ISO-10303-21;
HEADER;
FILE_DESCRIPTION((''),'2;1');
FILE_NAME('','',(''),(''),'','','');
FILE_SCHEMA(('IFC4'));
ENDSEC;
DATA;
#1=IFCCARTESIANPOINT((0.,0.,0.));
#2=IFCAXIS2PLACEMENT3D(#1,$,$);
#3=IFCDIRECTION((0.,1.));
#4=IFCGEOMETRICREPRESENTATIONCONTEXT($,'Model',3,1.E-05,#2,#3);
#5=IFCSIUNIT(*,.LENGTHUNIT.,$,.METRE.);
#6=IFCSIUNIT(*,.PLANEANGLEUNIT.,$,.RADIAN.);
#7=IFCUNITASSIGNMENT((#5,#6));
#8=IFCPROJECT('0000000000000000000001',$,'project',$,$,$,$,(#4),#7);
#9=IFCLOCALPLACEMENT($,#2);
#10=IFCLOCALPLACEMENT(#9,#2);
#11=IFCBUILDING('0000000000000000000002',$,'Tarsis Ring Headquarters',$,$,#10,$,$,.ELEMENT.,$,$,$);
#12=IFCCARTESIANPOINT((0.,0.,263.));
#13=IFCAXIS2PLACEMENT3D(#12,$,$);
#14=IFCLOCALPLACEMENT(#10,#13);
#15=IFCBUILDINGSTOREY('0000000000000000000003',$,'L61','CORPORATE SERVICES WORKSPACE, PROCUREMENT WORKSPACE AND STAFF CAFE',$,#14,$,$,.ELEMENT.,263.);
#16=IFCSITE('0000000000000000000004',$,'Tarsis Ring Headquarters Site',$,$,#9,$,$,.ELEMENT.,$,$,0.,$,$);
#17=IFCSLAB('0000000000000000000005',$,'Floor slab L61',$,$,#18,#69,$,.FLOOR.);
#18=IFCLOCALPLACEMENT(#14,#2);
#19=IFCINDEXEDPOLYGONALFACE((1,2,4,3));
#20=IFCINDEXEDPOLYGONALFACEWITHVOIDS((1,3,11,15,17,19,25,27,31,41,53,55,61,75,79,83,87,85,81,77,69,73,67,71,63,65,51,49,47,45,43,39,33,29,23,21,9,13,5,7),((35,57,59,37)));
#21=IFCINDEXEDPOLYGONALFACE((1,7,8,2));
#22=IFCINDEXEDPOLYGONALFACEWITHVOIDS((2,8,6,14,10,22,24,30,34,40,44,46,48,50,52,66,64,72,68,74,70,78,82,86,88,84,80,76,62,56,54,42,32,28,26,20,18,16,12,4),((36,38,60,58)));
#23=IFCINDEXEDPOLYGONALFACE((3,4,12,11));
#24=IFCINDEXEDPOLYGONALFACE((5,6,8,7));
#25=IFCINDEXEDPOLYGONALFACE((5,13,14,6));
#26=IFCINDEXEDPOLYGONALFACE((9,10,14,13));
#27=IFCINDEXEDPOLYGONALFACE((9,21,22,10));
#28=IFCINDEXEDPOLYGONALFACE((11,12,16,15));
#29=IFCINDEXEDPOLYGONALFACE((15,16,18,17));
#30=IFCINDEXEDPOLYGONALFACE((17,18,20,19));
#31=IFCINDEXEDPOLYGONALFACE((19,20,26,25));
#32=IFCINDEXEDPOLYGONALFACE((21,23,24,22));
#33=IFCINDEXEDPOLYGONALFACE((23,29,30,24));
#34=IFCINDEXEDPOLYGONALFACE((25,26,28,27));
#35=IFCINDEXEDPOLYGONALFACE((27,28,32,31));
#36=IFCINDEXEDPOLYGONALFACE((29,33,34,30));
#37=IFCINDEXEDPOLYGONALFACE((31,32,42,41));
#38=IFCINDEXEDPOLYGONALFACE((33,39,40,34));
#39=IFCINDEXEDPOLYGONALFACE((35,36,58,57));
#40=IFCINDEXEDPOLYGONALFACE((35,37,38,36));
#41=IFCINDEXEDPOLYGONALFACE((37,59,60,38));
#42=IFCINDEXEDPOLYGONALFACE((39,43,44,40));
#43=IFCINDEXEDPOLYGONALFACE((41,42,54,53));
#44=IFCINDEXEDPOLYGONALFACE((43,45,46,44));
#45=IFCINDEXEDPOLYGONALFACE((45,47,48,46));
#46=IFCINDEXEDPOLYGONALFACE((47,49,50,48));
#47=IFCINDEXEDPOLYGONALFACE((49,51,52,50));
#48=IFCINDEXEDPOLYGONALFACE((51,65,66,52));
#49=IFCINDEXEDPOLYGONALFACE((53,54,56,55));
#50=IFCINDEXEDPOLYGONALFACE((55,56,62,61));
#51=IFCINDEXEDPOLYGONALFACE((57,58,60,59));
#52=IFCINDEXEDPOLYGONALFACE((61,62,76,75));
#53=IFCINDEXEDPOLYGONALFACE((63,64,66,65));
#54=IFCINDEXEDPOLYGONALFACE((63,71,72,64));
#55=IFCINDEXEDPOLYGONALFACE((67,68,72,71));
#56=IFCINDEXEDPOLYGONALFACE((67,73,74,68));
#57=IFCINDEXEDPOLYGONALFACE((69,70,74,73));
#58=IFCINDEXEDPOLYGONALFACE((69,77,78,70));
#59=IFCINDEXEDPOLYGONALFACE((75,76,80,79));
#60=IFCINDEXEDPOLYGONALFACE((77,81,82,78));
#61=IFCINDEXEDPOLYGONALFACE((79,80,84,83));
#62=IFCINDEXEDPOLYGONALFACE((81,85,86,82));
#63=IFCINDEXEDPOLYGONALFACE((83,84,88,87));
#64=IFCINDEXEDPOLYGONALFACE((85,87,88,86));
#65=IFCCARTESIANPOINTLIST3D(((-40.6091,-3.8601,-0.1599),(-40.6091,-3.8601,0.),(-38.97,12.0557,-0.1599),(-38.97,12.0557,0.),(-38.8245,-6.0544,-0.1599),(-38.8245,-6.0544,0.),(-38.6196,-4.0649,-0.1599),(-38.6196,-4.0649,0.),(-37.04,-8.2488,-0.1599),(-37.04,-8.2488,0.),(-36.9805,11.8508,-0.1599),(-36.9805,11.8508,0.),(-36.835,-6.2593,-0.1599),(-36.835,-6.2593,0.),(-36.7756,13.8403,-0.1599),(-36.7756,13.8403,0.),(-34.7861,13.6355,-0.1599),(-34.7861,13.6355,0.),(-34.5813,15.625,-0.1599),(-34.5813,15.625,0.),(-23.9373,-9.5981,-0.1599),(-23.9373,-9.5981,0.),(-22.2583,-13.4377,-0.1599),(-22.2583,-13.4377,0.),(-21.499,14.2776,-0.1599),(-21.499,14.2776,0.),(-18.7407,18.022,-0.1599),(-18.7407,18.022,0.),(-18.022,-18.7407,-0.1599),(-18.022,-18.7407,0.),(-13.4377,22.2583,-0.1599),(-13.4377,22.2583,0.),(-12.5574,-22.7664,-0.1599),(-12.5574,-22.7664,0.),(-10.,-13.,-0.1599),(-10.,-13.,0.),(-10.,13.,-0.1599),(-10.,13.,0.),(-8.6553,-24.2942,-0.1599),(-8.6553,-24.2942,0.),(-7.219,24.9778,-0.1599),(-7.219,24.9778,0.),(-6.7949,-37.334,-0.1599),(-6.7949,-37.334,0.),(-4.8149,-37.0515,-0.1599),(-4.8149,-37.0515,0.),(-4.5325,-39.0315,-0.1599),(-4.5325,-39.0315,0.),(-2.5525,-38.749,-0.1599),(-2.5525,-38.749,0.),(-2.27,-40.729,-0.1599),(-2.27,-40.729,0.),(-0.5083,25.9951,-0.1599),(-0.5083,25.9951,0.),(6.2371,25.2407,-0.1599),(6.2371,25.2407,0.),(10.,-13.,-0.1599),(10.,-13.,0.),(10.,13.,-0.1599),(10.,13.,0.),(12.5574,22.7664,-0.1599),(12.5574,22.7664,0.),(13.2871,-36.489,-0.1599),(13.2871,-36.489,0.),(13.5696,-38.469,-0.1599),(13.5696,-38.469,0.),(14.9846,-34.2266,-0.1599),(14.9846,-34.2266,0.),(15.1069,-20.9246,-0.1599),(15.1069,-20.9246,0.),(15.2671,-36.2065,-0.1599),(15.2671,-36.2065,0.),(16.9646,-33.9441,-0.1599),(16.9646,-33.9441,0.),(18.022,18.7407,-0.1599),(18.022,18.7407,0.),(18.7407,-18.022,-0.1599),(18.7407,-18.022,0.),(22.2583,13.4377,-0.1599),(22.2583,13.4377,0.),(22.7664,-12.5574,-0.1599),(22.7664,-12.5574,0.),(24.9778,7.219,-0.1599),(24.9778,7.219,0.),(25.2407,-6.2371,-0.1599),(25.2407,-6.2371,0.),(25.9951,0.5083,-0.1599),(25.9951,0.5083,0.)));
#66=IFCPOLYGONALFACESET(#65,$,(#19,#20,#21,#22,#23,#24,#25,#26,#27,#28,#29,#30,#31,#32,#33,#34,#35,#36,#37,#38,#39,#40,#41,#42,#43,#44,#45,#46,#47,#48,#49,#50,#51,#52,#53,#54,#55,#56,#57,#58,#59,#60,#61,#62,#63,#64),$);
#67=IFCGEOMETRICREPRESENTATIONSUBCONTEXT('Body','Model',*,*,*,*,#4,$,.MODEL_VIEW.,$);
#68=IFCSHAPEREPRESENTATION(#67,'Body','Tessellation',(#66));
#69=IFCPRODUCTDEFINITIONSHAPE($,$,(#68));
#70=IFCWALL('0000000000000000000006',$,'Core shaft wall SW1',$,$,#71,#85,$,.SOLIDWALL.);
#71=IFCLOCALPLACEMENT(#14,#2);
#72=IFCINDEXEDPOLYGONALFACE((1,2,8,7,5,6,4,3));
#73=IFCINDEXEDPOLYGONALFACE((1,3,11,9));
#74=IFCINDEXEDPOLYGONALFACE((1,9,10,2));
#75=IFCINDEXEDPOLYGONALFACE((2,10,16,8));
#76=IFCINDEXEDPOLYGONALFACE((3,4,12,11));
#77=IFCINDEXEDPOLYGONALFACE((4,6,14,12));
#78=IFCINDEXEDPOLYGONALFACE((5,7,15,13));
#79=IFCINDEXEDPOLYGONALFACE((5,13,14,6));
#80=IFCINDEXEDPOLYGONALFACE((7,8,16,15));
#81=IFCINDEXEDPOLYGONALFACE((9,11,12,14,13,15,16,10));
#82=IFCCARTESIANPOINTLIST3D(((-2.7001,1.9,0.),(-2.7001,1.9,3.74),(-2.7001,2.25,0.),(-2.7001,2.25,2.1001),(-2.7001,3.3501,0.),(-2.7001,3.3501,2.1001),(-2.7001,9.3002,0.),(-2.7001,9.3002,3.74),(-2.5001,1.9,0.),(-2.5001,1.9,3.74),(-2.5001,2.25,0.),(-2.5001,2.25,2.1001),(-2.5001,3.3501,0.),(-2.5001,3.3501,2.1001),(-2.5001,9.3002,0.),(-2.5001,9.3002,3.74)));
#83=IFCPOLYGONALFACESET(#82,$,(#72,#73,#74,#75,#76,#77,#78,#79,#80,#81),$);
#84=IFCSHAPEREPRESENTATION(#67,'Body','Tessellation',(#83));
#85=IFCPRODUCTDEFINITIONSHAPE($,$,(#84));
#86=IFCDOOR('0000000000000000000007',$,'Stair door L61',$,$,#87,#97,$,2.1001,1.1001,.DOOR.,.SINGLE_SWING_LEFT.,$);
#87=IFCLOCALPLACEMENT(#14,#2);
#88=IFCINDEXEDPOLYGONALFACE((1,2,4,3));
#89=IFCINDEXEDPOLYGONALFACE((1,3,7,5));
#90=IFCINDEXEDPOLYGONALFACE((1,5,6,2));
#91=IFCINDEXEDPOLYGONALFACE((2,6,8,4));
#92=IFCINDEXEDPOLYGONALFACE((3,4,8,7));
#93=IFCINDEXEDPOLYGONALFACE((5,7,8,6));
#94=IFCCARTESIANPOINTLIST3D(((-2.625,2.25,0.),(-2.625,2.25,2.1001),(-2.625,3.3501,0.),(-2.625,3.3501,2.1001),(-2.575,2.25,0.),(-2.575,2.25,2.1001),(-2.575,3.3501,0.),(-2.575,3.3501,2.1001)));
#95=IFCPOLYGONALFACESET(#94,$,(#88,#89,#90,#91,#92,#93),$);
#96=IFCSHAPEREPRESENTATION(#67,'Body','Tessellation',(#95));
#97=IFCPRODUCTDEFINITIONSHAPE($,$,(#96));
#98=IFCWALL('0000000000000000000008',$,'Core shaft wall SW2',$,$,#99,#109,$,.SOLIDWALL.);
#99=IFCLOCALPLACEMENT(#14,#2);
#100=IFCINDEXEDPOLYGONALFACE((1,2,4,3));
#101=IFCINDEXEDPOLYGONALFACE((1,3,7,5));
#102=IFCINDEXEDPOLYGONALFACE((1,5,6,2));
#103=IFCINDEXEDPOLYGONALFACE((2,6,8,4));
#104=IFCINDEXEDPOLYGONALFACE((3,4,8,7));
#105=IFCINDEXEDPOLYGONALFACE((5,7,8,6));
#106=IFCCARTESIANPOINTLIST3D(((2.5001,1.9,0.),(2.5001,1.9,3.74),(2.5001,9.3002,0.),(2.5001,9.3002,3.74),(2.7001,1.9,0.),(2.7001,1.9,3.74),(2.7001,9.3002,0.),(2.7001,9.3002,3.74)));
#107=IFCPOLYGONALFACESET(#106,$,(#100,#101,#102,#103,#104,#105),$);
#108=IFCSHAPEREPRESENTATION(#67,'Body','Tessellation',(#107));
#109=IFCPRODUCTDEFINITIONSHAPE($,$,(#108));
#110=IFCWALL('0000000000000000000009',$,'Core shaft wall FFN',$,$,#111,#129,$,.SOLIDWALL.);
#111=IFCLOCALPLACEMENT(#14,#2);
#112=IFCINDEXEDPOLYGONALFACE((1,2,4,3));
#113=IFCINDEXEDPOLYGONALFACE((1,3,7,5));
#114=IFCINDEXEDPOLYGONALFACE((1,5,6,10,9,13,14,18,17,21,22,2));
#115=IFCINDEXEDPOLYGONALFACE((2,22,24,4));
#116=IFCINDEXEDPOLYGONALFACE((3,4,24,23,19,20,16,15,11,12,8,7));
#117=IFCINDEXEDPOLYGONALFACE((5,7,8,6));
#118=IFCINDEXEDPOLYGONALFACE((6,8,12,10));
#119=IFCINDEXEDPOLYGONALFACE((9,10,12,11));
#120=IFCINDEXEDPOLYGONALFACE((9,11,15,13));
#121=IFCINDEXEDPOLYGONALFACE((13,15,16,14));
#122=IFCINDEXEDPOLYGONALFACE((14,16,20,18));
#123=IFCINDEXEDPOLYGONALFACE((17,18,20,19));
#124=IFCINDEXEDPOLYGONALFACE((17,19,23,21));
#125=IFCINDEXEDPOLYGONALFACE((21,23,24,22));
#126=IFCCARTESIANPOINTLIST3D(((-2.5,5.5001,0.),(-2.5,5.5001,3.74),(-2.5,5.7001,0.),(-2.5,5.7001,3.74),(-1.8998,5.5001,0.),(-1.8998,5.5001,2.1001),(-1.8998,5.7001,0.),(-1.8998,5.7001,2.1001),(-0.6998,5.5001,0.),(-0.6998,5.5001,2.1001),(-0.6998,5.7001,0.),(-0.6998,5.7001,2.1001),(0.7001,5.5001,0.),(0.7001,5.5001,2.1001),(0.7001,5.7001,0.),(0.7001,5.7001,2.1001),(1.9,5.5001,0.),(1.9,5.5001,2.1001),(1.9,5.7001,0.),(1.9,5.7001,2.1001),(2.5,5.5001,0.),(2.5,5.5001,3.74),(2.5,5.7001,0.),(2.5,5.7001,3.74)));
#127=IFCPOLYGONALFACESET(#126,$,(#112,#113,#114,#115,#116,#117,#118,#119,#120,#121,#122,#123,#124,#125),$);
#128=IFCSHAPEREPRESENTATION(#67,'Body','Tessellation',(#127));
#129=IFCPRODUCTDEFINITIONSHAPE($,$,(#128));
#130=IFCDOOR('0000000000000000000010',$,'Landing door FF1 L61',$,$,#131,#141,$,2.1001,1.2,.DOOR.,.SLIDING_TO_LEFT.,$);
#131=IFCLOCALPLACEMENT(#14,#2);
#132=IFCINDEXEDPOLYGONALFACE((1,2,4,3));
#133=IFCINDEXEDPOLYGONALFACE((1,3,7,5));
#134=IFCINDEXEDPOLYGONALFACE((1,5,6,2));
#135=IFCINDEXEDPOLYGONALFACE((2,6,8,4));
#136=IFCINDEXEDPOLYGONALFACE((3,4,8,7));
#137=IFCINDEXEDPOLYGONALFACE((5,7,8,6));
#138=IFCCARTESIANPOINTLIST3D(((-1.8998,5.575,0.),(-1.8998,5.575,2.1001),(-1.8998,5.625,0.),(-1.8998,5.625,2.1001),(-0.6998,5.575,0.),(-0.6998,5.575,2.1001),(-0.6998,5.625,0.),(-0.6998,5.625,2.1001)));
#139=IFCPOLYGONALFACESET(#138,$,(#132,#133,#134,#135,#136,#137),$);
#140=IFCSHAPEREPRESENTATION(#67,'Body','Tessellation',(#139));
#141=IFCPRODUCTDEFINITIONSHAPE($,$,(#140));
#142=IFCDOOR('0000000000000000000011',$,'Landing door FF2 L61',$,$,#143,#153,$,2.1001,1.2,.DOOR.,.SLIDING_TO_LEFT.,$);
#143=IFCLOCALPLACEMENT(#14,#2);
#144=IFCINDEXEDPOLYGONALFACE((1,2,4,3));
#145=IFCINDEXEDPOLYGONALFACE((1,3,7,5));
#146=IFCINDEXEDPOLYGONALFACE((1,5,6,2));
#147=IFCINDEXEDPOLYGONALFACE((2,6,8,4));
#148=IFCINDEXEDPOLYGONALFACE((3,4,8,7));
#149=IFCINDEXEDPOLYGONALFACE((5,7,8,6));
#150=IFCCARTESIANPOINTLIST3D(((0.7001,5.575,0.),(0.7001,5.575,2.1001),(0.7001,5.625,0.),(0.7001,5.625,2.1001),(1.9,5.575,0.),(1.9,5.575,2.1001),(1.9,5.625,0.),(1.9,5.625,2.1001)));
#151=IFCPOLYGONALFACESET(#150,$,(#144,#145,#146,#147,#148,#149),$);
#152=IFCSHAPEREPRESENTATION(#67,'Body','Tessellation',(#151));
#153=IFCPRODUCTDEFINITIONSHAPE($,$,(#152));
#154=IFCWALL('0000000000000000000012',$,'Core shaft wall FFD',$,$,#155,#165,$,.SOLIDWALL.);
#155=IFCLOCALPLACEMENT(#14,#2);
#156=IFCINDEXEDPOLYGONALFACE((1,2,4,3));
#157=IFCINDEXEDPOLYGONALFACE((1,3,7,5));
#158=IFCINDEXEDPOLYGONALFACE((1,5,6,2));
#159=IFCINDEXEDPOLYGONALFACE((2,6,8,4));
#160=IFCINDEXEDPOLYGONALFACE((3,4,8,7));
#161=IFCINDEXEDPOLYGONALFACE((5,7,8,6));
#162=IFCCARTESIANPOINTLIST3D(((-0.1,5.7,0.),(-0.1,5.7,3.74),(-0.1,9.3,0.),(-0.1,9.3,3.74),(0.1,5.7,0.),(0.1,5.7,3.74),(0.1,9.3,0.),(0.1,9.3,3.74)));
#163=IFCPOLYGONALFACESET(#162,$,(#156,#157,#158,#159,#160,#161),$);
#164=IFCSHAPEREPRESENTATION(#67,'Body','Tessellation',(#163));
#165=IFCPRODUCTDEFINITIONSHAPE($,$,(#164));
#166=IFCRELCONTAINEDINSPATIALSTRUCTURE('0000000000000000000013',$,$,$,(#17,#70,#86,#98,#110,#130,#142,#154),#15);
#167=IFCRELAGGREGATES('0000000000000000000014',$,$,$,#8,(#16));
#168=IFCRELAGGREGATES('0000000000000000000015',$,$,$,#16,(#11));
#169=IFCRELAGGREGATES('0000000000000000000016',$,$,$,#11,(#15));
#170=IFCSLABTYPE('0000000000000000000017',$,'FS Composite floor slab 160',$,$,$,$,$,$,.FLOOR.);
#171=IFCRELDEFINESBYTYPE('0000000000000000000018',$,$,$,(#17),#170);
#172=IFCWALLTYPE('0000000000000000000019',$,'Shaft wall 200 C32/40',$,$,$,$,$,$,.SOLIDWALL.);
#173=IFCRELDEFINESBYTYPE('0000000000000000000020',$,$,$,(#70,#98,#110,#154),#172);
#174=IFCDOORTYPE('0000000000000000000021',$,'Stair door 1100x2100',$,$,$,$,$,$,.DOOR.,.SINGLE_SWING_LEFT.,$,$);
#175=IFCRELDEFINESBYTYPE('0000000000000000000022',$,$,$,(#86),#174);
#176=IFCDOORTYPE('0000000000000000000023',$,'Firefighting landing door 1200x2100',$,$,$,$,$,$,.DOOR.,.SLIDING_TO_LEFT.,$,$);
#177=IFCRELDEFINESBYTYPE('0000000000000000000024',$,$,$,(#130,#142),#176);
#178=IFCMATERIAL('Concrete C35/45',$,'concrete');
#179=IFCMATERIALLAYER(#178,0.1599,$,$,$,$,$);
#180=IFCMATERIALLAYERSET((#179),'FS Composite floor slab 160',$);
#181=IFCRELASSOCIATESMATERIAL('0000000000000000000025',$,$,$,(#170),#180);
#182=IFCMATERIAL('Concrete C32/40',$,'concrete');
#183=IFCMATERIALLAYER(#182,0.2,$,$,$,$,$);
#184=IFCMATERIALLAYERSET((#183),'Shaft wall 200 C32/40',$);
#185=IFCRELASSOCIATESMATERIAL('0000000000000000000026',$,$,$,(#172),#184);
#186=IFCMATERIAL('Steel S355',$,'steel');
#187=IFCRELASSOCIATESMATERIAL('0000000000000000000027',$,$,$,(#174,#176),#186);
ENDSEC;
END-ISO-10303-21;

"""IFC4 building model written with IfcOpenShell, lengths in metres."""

from ifc_helpers import new_model, si_unit, direction, frame, frame_2d, origin, place, context, subcontext, project, spatial, polyline, rectangle, outline, extrude, material, layer, layer_set, type_object, element, fill, save


model = new_model("IFC4")

# Units and contexts
model_context = context("Model", 3, precision=1e-05, world=origin(), true_north=direction((0.0, 1.0)))
body_context = subcontext(model_context, "Body", "Model", "MODEL_VIEW")
ifc_project = project(units=[si_unit("LENGTHUNIT", "METRE"), si_unit("PLANEANGLEUNIT", "RADIAN")], contexts=[model_context])

# Site, building, storey
site_placement = place(None, origin())
site = spatial("IfcSite", under=ifc_project, at=site_placement, Name="Tarsis Ring Headquarters Site", CompositionType="ELEMENT", RefElevation=0.0)
building_placement = place(site_placement, origin())
building = spatial("IfcBuilding", under=site, at=building_placement, Name="Tarsis Ring Headquarters", CompositionType="ELEMENT")
storey_placement = place(building_placement, frame((0.0, 0.0, 263.0)))
storey = spatial("IfcBuildingStorey", under=building, at=storey_placement, Name="L61", Description="CORPORATE SERVICES WORKSPACE, PROCUREMENT WORKSPACE AND STAFF CAFE", CompositionType="ELEMENT", Elevation=263.0)

# Slab
ifc_material_1 = material(Name="Concrete C35/45", Category="concrete")
ifc_layer_1 = layer(ifc_material_1, 0.1599)
ifc_layer_set_1 = layer_set([ifc_layer_1], Name="FS Composite floor slab 160")
slab_type_1 = type_object("IfcSlabType", Name="FS Composite floor slab 160", PredefinedType="FLOOR", material=ifc_layer_set_1)
slab_1_placement = place(storey_placement, frame((0.0, 0.0, -0.1599)))
element("IfcSlab", 1, at=slab_1_placement, inside=storey, type_object=slab_type_1, Name="Floor slab L61", PredefinedType="FLOOR", context=body_context, shape_type="SweptSolid", body=[
    extrude(outline(polyline([(-23.9373, -9.5981), (-22.2583, -13.4377), (-18.022, -18.7407), (-12.5574, -22.7664), (-8.6553, -24.2942), (-6.7949, -37.334), (-4.8149, -37.0515), (-4.5325, -39.0315), (-2.5525, -38.749), (-2.27, -40.729), (13.5696, -38.469), (13.2871, -36.489), (15.2671, -36.2065), (14.9846, -34.2266), (16.9646, -33.9441), (15.1069, -20.9246), (18.7407, -18.022), (22.7664, -12.5574), (25.2407, -6.2371), (25.9951, 0.5083), (24.9778, 7.219), (22.2583, 13.4377), (18.022, 18.7407), (12.5574, 22.7664), (6.2371, 25.2407), (-0.5083, 25.9951), (-7.219, 24.9778), (-13.4377, 22.2583), (-18.7407, 18.022), (-21.499, 14.2776), (-34.5813, 15.625), (-34.7861, 13.6355), (-36.7756, 13.8403), (-36.9805, 11.8508), (-38.97, 12.0557), (-40.6091, -3.8601), (-38.6196, -4.0649), (-38.8245, -6.0544), (-36.835, -6.2593), (-37.04, -8.2488), (-23.9373, -9.5981)]), holes=[polyline([(-10.0, -13.0), (-10.0, 13.0), (10.0, 13.0), (10.0, -13.0), (-10.0, -13.0)])]), origin(), (0.0, 0.0, 1.0), 0.1599),
])

# Wall, opening, door
ifc_material_2 = material(Name="Concrete C32/40", Category="concrete")
ifc_layer_2 = layer(ifc_material_2, 0.2)
ifc_layer_set_2 = layer_set([ifc_layer_2], Name="Shaft wall 200 C32/40")
wall_type = type_object("IfcWallType", Name="Shaft wall 200 C32/40", PredefinedType="SOLIDWALL", material=ifc_layer_set_2)
wall_1_placement = place(storey_placement, frame((-2.6001, 1.8999, 0.0), z_axis=(0.0, 0.0, 1.0), x_axis=(0.0, 1.0, 0.0)))
wall_1 = element("IfcWall", 2, at=wall_1_placement, inside=storey, type_object=wall_type, Name="Core shaft wall SW1", PredefinedType="SOLIDWALL", context=body_context, shape_type="SweptSolid", body=[
    extrude(rectangle(XDim=7.4001, YDim=0.2, at=frame_2d((3.7002, 0.0))), origin(), (0.0, 0.0, 1.0), 3.74),
])
opening_1_placement = place(wall_1_placement, frame((0.3501, 0.0, 0.0)))
opening_1 = element("IfcOpeningElement", 3, at=opening_1_placement, cuts=wall_1, PredefinedType="OPENING", context=body_context, shape_type="SweptSolid", body=[
    extrude(rectangle(XDim=1.1001, YDim=2.1001, at=frame_2d((0.55, 1.05))), frame((0.0, 0.1099, 0.0), z_axis=(0.0, -1.0, 0.0), x_axis=(1.0, 0.0, 0.0)), (0.0, 0.0, 1.0), 0.22),
])
ifc_material_3 = material(Name="Steel S355", Category="steel")
door_type_1 = type_object("IfcDoorType", Name="Stair door 1100x2100", OperationType="SINGLE_SWING_LEFT", PredefinedType="DOOR", material=ifc_material_3)
door_1_placement = place(opening_1_placement, origin())
door_1 = element("IfcDoor", 4, at=door_1_placement, inside=storey, type_object=door_type_1, Name="Stair door L61", OperationType="SINGLE_SWING_LEFT", OverallHeight=2.1001, OverallWidth=1.1001, PredefinedType="DOOR", context=body_context, shape_type="SweptSolid", body=[
    extrude(rectangle(XDim=1.1001, YDim=2.1001, at=frame_2d((0.55, 1.05))), frame((0.0, 0.0249, 0.0), z_axis=(0.0, -1.0, 0.0), x_axis=(1.0, 0.0, 0.0)), (0.0, 0.0, 1.0), 0.05),
])
fill(opening_1, door_1)

# Wall
wall_2_placement = place(storey_placement, frame((2.6001, 1.8999, 0.0), z_axis=(0.0, 0.0, 1.0), x_axis=(0.0, 1.0, 0.0)))
element("IfcWall", 5, at=wall_2_placement, inside=storey, type_object=wall_type, Name="Core shaft wall SW2", PredefinedType="SOLIDWALL", context=body_context, shape_type="SweptSolid", body=[
    extrude(rectangle(XDim=7.4001, YDim=0.2, at=frame_2d((3.7002, 0.0))), origin(), (0.0, 0.0, 1.0), 3.74),
])

# Wall, openings, doors
wall_3_placement = place(storey_placement, frame((-2.5, 5.6001, 0.0), z_axis=(0.0, 0.0, 1.0), x_axis=(1.0, 0.0, 0.0)))
wall_3 = element("IfcWall", 6, at=wall_3_placement, inside=storey, type_object=wall_type, Name="Core shaft wall FFN", PredefinedType="SOLIDWALL", context=body_context, shape_type="SweptSolid", body=[
    extrude(rectangle(XDim=5.0, YDim=0.2, at=frame_2d((2.5, 0.0))), origin(), (0.0, 0.0, 1.0), 3.74),
])
opening_2_placement = place(wall_3_placement, frame((0.6001, 0.0, 0.0)))
opening_2 = element("IfcOpeningElement", 7, at=opening_2_placement, cuts=wall_3, PredefinedType="OPENING", context=body_context, shape_type="SweptSolid", body=[
    extrude(rectangle(XDim=1.2, YDim=2.1001, at=frame_2d((0.6001, 1.05))), frame((0.0, 0.1099, 0.0), z_axis=(0.0, -1.0, 0.0), x_axis=(1.0, 0.0, 0.0)), (0.0, 0.0, 1.0), 0.22),
])
opening_3_placement = place(wall_3_placement, frame((3.2, 0.0, 0.0)))
opening_3 = element("IfcOpeningElement", 8, at=opening_3_placement, cuts=wall_3, PredefinedType="OPENING", context=body_context, shape_type="SweptSolid", body=[
    extrude(rectangle(XDim=1.2, YDim=2.1001, at=frame_2d((0.6001, 1.05))), frame((0.0, 0.1099, 0.0), z_axis=(0.0, -1.0, 0.0), x_axis=(1.0, 0.0, 0.0)), (0.0, 0.0, 1.0), 0.22),
])
door_type_2 = type_object("IfcDoorType", Name="Firefighting landing door 1200x2100", OperationType="SLIDING_TO_LEFT", PredefinedType="DOOR", material=ifc_material_3)
door_2_placement = place(opening_2_placement, origin())
door_2 = element("IfcDoor", 9, at=door_2_placement, inside=storey, type_object=door_type_2, Name="Landing door FF1 L61", OperationType="SLIDING_TO_LEFT", OverallHeight=2.1001, OverallWidth=1.2, PredefinedType="DOOR", context=body_context, shape_type="SweptSolid", body=[
    extrude(rectangle(XDim=1.2, YDim=2.1001, at=frame_2d((0.6001, 1.05))), frame((0.0, 0.0249, 0.0), z_axis=(0.0, -1.0, 0.0), x_axis=(1.0, 0.0, 0.0)), (0.0, 0.0, 1.0), 0.05),
])
fill(opening_2, door_2)
door_3_placement = place(opening_3_placement, origin())
door_3 = element("IfcDoor", 10, at=door_3_placement, inside=storey, type_object=door_type_2, Name="Landing door FF2 L61", OperationType="SLIDING_TO_LEFT", OverallHeight=2.1001, OverallWidth=1.2, PredefinedType="DOOR", context=body_context, shape_type="SweptSolid", body=[
    extrude(rectangle(XDim=1.2, YDim=2.1001, at=frame_2d((0.6001, 1.05))), frame((0.0, 0.0249, 0.0), z_axis=(0.0, -1.0, 0.0), x_axis=(1.0, 0.0, 0.0)), (0.0, 0.0, 1.0), 0.05),
])
fill(opening_3, door_3)

# Wall
wall_4_placement = place(storey_placement, frame((0.0, 5.7, 0.0), z_axis=(0.0, 0.0, 1.0), x_axis=(0.0, 1.0, 0.0)))
element("IfcWall", 11, at=wall_4_placement, inside=storey, type_object=wall_type, Name="Core shaft wall FFD", PredefinedType="SOLIDWALL", context=body_context, shape_type="SweptSolid", body=[
    extrude(rectangle(XDim=3.6001, YDim=0.2, at=frame_2d((1.8, 0.0))), origin(), (0.0, 0.0, 1.0), 3.74),
])

save(model, "model.ifc")
